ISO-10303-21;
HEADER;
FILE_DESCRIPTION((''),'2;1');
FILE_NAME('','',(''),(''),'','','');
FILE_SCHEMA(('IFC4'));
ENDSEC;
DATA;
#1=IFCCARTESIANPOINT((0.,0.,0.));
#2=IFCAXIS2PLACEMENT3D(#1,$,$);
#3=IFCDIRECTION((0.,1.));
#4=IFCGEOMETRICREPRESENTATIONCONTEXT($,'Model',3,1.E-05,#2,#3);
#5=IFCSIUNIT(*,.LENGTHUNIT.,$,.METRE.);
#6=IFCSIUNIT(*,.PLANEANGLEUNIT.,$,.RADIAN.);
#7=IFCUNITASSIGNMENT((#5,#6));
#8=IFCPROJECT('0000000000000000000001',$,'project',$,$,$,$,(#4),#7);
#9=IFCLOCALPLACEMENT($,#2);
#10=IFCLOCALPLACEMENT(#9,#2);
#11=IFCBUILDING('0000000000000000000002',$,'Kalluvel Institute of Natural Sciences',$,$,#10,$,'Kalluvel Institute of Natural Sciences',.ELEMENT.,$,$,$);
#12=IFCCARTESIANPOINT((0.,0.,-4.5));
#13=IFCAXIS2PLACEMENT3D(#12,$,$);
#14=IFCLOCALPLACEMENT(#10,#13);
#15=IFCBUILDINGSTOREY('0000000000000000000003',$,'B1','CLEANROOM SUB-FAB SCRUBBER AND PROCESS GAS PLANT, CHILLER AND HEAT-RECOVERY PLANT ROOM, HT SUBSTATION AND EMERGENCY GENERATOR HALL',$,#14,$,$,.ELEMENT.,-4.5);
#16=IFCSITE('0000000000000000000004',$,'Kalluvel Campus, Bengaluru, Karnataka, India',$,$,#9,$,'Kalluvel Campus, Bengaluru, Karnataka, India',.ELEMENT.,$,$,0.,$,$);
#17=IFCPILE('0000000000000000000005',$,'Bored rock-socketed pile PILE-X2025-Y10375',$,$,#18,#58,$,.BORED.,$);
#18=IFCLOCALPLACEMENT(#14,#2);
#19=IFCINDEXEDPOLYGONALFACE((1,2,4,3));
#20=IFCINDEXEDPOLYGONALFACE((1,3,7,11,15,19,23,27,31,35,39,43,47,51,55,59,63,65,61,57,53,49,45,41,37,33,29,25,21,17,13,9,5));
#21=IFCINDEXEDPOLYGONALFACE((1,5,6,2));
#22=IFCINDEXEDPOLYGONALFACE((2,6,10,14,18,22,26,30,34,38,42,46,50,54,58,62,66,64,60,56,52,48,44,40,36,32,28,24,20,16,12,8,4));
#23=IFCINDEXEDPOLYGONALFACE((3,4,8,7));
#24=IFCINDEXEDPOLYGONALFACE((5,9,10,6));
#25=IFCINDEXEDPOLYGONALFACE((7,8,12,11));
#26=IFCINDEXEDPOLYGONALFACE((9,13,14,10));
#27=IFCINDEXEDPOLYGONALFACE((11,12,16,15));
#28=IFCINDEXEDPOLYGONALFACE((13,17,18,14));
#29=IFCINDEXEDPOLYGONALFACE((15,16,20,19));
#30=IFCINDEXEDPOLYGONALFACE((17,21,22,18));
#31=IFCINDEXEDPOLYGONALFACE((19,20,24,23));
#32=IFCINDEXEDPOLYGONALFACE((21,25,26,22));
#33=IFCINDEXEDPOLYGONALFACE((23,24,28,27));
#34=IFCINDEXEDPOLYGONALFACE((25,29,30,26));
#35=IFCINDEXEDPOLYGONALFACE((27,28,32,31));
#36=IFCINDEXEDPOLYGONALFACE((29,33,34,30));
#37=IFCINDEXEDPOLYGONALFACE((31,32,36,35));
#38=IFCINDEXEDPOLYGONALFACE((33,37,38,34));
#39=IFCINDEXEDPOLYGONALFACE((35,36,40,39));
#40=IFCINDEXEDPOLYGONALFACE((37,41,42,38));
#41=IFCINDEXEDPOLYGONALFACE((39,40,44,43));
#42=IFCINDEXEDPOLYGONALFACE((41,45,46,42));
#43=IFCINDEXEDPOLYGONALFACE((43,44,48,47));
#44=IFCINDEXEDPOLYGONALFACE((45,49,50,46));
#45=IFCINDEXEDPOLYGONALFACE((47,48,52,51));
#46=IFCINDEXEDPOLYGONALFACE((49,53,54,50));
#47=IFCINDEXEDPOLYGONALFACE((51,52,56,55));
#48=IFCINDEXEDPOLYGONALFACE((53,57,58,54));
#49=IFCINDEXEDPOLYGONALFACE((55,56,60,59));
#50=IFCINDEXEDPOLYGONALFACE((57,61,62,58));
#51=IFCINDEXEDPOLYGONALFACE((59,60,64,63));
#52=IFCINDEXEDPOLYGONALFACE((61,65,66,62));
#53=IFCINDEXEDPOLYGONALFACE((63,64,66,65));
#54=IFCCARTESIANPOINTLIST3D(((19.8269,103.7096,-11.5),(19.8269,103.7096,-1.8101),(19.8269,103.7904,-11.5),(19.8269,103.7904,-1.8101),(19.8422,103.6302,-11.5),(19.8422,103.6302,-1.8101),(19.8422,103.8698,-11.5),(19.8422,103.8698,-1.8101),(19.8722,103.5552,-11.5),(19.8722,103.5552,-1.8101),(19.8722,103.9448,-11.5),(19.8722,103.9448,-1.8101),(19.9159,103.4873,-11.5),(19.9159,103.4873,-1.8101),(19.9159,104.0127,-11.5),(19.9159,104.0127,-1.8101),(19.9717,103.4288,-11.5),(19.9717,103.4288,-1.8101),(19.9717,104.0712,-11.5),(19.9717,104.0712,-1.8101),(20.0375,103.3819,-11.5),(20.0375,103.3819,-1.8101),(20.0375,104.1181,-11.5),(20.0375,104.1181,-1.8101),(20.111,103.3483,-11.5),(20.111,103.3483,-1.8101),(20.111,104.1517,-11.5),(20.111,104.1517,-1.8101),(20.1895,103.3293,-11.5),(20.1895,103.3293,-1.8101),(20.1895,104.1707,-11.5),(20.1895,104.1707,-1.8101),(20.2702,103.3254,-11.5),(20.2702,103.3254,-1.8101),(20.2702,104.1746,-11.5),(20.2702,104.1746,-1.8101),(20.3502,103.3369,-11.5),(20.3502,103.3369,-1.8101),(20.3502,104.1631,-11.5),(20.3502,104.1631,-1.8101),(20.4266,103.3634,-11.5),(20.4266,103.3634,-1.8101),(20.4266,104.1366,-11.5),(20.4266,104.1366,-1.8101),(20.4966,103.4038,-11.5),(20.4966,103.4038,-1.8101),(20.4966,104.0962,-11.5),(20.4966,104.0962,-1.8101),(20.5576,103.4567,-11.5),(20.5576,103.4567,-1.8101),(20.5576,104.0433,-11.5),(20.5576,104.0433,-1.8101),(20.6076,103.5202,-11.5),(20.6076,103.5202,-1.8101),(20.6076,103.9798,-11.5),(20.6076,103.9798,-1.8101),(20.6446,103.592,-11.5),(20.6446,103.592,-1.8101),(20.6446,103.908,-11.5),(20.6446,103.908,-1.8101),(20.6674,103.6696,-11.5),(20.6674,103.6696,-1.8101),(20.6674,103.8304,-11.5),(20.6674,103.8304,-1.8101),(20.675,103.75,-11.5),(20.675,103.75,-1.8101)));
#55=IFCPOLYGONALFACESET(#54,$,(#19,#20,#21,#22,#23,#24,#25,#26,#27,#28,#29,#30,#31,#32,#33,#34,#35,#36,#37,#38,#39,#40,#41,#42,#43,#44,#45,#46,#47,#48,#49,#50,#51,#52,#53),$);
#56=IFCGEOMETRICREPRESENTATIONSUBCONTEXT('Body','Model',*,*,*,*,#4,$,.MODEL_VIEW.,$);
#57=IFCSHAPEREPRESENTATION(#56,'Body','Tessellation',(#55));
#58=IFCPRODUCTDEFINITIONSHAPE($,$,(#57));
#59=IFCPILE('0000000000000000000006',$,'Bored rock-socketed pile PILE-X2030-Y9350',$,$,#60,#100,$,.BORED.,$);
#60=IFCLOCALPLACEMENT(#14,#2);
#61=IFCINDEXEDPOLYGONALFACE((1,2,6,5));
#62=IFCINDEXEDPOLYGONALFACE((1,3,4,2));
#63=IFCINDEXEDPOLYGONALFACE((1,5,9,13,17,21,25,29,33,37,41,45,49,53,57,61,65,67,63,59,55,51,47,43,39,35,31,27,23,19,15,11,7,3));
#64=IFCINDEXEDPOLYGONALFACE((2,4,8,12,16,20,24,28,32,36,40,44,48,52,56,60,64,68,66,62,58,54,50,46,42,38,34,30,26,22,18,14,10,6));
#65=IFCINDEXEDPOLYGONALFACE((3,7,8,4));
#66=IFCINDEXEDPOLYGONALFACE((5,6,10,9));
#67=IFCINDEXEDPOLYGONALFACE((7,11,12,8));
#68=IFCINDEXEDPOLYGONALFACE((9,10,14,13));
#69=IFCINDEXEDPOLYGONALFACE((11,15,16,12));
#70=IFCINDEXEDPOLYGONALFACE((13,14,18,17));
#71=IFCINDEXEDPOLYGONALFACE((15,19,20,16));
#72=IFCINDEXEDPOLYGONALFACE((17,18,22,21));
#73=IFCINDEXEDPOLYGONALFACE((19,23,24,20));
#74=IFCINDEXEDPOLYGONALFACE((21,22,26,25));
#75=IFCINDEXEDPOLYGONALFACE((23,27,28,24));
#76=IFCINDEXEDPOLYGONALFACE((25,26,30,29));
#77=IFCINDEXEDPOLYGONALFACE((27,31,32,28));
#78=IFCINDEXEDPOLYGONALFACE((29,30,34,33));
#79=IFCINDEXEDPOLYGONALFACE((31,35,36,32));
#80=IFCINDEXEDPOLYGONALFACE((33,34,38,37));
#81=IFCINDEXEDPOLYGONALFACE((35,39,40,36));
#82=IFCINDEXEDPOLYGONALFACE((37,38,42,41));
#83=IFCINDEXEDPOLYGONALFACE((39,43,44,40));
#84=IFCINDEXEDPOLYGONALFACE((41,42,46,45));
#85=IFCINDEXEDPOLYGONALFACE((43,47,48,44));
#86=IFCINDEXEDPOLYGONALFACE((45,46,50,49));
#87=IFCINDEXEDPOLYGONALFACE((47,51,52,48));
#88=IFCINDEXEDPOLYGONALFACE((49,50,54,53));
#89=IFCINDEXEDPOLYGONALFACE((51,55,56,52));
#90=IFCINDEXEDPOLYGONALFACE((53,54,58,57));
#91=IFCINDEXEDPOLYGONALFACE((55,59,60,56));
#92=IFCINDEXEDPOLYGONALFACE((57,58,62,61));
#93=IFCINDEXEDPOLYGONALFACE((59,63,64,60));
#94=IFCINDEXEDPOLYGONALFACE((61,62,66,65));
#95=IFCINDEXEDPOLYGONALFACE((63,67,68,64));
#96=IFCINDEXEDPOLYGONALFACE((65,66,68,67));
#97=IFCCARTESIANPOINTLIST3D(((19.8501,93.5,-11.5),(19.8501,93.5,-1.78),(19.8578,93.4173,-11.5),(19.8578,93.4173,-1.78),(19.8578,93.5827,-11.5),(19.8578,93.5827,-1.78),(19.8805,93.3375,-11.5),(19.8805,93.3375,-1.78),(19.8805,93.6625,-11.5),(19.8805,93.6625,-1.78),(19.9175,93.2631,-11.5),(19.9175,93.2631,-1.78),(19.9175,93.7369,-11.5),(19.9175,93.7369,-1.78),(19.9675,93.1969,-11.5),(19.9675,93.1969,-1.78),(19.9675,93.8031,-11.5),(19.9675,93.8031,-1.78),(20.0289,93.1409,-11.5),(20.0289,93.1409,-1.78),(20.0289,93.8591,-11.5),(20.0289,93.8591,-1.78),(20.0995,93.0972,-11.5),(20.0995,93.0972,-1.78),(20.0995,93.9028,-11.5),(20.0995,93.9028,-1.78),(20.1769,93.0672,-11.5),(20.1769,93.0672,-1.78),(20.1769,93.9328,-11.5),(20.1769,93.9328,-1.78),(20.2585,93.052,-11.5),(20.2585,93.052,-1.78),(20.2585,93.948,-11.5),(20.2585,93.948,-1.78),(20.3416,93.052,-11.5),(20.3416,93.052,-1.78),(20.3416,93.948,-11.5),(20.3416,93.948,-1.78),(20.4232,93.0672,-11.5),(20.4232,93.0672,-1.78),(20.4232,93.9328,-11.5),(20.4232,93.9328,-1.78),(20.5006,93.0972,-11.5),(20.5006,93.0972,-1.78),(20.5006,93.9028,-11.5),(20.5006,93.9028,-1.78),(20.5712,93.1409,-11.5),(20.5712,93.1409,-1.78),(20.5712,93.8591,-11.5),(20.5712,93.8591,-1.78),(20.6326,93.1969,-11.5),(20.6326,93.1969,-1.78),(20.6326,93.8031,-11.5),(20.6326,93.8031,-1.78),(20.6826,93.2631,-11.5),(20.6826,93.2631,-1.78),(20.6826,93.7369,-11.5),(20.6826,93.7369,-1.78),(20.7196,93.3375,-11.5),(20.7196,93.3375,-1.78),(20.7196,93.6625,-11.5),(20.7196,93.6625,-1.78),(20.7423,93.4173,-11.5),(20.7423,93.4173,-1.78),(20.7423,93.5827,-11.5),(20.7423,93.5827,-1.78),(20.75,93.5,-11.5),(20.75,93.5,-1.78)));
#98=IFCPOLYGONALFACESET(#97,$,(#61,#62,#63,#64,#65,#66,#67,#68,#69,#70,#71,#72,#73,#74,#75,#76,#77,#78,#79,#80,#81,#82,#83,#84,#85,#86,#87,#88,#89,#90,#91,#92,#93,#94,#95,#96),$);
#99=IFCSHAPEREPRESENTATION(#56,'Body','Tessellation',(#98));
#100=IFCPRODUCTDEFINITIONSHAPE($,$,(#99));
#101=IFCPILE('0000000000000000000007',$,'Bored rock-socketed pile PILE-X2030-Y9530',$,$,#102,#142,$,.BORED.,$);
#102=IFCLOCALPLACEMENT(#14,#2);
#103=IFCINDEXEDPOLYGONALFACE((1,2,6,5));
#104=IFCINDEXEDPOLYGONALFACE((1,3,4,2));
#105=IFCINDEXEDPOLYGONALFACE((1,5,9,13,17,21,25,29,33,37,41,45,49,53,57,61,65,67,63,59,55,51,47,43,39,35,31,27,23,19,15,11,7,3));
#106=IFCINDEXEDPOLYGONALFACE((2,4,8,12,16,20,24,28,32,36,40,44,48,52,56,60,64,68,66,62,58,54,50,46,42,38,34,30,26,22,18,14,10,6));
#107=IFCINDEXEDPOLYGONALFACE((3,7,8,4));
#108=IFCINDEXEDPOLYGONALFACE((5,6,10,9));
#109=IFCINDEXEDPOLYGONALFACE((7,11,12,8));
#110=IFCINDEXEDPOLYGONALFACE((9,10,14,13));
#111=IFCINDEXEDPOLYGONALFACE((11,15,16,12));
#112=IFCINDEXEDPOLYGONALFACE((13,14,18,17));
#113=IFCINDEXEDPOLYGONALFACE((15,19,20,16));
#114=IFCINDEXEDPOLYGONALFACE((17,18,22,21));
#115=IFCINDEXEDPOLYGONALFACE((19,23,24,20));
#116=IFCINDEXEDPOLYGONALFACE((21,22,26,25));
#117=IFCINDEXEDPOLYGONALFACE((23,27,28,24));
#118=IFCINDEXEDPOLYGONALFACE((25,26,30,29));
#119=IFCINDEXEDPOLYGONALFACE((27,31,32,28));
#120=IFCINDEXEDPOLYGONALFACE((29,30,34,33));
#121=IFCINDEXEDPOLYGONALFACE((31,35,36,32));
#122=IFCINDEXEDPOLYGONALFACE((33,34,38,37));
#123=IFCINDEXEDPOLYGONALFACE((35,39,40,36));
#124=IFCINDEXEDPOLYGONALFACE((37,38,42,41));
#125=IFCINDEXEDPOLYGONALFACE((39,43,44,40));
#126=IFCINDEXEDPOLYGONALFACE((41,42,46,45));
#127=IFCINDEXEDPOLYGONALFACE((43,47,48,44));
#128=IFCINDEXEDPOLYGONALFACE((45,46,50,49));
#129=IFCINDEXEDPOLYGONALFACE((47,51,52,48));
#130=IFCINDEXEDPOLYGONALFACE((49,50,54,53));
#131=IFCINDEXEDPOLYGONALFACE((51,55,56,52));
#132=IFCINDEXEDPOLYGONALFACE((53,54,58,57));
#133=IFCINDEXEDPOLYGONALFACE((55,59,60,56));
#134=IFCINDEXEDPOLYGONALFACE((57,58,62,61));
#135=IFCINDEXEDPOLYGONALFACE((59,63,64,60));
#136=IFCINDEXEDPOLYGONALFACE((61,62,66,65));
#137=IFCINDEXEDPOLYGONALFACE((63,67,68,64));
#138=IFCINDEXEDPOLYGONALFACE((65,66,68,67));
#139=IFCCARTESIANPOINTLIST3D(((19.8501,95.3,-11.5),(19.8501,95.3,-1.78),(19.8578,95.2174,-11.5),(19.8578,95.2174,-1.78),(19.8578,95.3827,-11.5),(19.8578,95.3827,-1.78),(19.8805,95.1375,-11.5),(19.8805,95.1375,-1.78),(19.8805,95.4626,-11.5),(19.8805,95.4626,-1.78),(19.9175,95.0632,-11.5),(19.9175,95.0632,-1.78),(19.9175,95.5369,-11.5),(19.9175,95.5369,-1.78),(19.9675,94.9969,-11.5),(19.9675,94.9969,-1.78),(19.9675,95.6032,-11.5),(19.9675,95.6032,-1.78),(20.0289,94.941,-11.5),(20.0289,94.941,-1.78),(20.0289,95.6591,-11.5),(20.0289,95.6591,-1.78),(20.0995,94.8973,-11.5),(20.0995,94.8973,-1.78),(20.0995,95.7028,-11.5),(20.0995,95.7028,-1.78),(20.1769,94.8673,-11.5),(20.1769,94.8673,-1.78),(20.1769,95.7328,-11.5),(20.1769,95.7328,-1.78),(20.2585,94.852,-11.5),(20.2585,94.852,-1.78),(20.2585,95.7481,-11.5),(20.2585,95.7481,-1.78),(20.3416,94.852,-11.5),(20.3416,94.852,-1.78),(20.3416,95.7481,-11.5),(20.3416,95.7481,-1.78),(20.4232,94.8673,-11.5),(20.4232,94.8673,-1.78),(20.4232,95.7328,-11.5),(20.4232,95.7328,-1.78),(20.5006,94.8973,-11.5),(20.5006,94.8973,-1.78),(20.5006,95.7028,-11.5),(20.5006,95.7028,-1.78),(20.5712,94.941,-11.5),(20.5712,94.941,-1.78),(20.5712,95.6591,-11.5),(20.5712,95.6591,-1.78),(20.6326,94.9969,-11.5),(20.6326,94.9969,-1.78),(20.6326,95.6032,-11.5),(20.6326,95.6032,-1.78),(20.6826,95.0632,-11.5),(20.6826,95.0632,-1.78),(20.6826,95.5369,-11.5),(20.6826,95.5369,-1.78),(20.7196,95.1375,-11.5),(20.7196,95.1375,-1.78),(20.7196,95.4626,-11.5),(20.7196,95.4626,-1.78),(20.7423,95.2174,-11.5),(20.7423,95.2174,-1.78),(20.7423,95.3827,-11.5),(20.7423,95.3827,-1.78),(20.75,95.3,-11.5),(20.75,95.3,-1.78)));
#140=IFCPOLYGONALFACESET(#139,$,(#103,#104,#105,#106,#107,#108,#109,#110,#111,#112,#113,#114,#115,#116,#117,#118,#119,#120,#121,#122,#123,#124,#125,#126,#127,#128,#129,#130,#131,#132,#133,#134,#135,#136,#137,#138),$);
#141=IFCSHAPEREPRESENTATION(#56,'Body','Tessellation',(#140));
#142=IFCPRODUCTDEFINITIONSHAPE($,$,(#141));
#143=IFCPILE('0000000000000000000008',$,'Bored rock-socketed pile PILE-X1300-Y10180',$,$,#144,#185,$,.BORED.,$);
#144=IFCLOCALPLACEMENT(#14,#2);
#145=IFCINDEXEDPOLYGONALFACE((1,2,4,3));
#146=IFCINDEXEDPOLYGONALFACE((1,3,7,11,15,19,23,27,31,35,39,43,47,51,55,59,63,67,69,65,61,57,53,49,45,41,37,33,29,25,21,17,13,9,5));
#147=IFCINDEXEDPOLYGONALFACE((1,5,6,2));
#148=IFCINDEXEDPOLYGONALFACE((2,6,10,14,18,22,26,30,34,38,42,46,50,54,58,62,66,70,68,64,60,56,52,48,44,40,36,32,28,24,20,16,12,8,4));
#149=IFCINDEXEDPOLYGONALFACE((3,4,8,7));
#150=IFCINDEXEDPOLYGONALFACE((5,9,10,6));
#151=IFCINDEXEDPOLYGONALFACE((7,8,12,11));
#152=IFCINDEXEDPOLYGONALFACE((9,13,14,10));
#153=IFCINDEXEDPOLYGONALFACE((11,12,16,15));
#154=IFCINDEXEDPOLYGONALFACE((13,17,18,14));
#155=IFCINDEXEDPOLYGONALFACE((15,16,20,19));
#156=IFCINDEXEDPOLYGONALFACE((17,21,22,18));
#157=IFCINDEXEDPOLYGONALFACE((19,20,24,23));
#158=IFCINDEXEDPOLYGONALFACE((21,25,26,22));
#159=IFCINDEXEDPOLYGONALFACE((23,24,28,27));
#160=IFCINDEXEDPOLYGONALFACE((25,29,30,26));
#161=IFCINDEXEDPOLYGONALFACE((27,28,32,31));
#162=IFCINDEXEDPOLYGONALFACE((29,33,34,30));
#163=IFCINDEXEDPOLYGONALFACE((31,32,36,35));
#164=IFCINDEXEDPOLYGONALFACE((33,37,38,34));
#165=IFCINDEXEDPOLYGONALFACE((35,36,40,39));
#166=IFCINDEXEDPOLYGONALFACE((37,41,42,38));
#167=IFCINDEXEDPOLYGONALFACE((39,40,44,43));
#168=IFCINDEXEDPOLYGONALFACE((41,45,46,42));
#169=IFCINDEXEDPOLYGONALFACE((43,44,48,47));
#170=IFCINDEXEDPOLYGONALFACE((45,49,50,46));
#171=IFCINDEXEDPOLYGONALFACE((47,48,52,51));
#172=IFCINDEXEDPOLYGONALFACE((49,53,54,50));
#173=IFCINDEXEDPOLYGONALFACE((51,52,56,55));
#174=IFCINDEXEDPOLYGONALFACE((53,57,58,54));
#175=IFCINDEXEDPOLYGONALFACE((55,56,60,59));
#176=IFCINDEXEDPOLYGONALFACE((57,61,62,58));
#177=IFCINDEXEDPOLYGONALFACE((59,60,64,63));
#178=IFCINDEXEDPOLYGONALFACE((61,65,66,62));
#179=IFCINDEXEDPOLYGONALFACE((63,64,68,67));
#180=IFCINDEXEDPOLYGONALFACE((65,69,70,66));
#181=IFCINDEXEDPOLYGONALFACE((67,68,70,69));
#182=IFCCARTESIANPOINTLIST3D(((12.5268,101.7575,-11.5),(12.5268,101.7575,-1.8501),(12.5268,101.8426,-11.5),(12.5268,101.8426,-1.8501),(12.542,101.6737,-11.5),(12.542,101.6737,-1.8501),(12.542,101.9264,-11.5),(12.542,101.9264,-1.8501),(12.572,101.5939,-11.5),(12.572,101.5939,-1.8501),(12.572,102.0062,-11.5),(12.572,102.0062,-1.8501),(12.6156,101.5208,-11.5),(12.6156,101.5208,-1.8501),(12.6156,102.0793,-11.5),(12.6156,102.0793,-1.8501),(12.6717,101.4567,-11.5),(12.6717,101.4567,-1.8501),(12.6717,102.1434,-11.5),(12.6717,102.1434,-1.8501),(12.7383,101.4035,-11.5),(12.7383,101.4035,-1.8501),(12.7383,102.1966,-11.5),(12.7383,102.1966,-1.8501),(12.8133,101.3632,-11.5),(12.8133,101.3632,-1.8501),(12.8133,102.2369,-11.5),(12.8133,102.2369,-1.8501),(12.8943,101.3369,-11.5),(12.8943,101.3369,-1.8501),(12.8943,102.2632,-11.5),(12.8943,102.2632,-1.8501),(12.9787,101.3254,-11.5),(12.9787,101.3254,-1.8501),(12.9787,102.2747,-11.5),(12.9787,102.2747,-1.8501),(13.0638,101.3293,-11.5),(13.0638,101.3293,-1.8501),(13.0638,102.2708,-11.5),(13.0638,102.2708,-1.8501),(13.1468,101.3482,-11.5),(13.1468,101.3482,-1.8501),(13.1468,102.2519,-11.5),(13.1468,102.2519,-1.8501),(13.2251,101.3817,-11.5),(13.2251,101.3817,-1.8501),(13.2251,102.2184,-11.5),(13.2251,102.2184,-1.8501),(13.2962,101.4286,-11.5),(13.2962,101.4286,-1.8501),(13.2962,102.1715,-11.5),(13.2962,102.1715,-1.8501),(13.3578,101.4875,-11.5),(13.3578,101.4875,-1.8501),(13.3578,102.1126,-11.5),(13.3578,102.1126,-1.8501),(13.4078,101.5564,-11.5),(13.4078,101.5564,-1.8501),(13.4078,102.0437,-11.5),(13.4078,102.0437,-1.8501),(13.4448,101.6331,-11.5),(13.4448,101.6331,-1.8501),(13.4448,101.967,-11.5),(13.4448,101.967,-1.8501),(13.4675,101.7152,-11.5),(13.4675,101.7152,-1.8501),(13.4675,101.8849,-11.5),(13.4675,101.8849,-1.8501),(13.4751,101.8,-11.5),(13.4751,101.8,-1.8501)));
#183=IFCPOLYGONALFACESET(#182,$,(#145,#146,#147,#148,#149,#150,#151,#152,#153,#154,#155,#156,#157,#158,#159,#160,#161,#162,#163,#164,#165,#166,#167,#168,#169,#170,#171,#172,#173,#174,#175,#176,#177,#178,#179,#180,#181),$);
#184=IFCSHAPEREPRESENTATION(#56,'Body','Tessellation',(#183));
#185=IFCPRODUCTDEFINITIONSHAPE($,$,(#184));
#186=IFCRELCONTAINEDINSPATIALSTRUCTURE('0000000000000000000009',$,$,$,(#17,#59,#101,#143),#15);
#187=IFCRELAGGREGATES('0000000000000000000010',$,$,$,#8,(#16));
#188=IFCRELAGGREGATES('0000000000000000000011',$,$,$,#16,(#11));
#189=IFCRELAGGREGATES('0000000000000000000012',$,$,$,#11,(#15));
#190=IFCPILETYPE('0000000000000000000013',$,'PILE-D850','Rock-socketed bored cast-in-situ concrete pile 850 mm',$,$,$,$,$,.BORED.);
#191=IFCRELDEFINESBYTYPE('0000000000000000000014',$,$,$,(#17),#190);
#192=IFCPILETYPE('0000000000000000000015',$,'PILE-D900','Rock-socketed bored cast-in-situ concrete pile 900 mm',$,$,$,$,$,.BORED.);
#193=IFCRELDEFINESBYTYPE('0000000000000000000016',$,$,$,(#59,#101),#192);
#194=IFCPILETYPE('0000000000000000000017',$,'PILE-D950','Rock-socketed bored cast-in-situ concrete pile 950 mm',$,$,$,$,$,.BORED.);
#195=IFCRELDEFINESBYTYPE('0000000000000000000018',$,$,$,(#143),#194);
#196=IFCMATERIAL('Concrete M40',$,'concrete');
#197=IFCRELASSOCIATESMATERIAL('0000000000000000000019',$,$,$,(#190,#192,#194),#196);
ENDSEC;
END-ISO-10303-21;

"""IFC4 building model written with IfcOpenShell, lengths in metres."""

from ifc_helpers import new_model, si_unit, direction, frame, origin, origin_2d, place, context, subcontext, project, spatial, circle, extrude, material, material_profile, profile_set, type_object, element, save


model = new_model("IFC4")

# Units and contexts
model_context = context("Model", 3, precision=1e-05, world=origin(), true_north=direction((0.0, 1.0)))
body_context = subcontext(model_context, "Body", "Model", "MODEL_VIEW")
ifc_project = project(units=[si_unit("LENGTHUNIT", "METRE"), si_unit("PLANEANGLEUNIT", "RADIAN")], contexts=[model_context])

# Site, building, storey
site_placement = place(None, origin())
site = spatial("IfcSite", under=ifc_project, at=site_placement, Name="Kalluvel Campus, Bengaluru, Karnataka, India", LongName="Kalluvel Campus, Bengaluru, Karnataka, India", CompositionType="ELEMENT", RefElevation=0.0)
building_placement = place(site_placement, origin())
building = spatial("IfcBuilding", under=site, at=building_placement, Name="Kalluvel Institute of Natural Sciences", LongName="Kalluvel Institute of Natural Sciences", CompositionType="ELEMENT")
storey_placement = place(building_placement, frame((0.0, 0.0, -4.5)))
storey = spatial("IfcBuildingStorey", under=building, at=storey_placement, Name="B1", Description="CLEANROOM SUB-FAB SCRUBBER AND PROCESS GAS PLANT, CHILLER AND HEAT-RECOVERY PLANT ROOM, HT SUBSTATION AND EMERGENCY GENERATOR HALL", CompositionType="ELEMENT", Elevation=-4.5)

# Shared definitions
ifc_material_1 = material(Name="Concrete M40", Category="concrete")

# Piles
ifc_material_profile_1 = material_profile(ifc_material_1, circle(Radius=0.425, at=origin_2d()), Name="PILE D850")
ifc_profile_set_1 = profile_set([ifc_material_profile_1], Name="Concrete M40")
pile_type_1 = type_object("IfcPileType", Name="PILE-D850", Description="Rock-socketed bored cast-in-situ concrete pile 850 mm", PredefinedType="BORED", material=ifc_profile_set_1)
for number, where, z_axis, x_axis, name in (
    (1, (20.25, 103.75, -1.8101), (0.0, 0.0, -1.0), (1.0, 0.0, 0.0), "Bored rock-socketed pile PILE-X2025-Y10375"),
):
    element("IfcPile", number, at=place(storey_placement, frame(where, z_axis=z_axis, x_axis=x_axis)), inside=storey, type_object=pile_type_1, Name=name, PredefinedType="BORED", context=body_context, shape_type="SweptSolid", body=[
        extrude(circle(Radius=0.425, at=origin_2d()), origin(), (0.0, 0.0, 1.0), 9.6899),
    ])
ifc_material_profile_2 = material_profile(ifc_material_1, circle(Radius=0.45, at=origin_2d()), Name="PILE D900")
ifc_profile_set_2 = profile_set([ifc_material_profile_2], Name="Concrete M40")
pile_type_2 = type_object("IfcPileType", Name="PILE-D900", Description="Rock-socketed bored cast-in-situ concrete pile 900 mm", PredefinedType="BORED", material=ifc_profile_set_2)
for number, where, z_axis, x_axis, name in (
    (2, (20.3, 93.5, -1.78), (0.0, 0.0, -1.0), (1.0, 0.0, 0.0), "Bored rock-socketed pile PILE-X2030-Y9350"),
    (3, (20.3, 95.3, -1.78), (0.0, 0.0, -1.0), (1.0, 0.0, 0.0), "Bored rock-socketed pile PILE-X2030-Y9530"),
):
    element("IfcPile", number, at=place(storey_placement, frame(where, z_axis=z_axis, x_axis=x_axis)), inside=storey, type_object=pile_type_2, Name=name, PredefinedType="BORED", context=body_context, shape_type="SweptSolid", body=[
        extrude(circle(Radius=0.45, at=origin_2d()), origin(), (0.0, 0.0, 1.0), 9.72),
    ])
ifc_material_profile_3 = material_profile(ifc_material_1, circle(Radius=0.4751, at=origin_2d()), Name="PILE D950")
ifc_profile_set_3 = profile_set([ifc_material_profile_3], Name="Concrete M40")
pile_type_3 = type_object("IfcPileType", Name="PILE-D950", Description="Rock-socketed bored cast-in-situ concrete pile 950 mm", PredefinedType="BORED", material=ifc_profile_set_3)
for number, where, z_axis, x_axis, name in (
    (4, (13.0, 101.8, -1.8501), (0.0, 0.0, -1.0), (1.0, 0.0, 0.0), "Bored rock-socketed pile PILE-X1300-Y10180"),
):
    element("IfcPile", number, at=place(storey_placement, frame(where, z_axis=z_axis, x_axis=x_axis)), inside=storey, type_object=pile_type_3, Name=name, PredefinedType="BORED", context=body_context, shape_type="SweptSolid", body=[
        extrude(circle(Radius=0.4751, at=origin_2d()), origin(), (0.0, 0.0, 1.0), 9.6499),
    ])

save(model, "model.ifc")
